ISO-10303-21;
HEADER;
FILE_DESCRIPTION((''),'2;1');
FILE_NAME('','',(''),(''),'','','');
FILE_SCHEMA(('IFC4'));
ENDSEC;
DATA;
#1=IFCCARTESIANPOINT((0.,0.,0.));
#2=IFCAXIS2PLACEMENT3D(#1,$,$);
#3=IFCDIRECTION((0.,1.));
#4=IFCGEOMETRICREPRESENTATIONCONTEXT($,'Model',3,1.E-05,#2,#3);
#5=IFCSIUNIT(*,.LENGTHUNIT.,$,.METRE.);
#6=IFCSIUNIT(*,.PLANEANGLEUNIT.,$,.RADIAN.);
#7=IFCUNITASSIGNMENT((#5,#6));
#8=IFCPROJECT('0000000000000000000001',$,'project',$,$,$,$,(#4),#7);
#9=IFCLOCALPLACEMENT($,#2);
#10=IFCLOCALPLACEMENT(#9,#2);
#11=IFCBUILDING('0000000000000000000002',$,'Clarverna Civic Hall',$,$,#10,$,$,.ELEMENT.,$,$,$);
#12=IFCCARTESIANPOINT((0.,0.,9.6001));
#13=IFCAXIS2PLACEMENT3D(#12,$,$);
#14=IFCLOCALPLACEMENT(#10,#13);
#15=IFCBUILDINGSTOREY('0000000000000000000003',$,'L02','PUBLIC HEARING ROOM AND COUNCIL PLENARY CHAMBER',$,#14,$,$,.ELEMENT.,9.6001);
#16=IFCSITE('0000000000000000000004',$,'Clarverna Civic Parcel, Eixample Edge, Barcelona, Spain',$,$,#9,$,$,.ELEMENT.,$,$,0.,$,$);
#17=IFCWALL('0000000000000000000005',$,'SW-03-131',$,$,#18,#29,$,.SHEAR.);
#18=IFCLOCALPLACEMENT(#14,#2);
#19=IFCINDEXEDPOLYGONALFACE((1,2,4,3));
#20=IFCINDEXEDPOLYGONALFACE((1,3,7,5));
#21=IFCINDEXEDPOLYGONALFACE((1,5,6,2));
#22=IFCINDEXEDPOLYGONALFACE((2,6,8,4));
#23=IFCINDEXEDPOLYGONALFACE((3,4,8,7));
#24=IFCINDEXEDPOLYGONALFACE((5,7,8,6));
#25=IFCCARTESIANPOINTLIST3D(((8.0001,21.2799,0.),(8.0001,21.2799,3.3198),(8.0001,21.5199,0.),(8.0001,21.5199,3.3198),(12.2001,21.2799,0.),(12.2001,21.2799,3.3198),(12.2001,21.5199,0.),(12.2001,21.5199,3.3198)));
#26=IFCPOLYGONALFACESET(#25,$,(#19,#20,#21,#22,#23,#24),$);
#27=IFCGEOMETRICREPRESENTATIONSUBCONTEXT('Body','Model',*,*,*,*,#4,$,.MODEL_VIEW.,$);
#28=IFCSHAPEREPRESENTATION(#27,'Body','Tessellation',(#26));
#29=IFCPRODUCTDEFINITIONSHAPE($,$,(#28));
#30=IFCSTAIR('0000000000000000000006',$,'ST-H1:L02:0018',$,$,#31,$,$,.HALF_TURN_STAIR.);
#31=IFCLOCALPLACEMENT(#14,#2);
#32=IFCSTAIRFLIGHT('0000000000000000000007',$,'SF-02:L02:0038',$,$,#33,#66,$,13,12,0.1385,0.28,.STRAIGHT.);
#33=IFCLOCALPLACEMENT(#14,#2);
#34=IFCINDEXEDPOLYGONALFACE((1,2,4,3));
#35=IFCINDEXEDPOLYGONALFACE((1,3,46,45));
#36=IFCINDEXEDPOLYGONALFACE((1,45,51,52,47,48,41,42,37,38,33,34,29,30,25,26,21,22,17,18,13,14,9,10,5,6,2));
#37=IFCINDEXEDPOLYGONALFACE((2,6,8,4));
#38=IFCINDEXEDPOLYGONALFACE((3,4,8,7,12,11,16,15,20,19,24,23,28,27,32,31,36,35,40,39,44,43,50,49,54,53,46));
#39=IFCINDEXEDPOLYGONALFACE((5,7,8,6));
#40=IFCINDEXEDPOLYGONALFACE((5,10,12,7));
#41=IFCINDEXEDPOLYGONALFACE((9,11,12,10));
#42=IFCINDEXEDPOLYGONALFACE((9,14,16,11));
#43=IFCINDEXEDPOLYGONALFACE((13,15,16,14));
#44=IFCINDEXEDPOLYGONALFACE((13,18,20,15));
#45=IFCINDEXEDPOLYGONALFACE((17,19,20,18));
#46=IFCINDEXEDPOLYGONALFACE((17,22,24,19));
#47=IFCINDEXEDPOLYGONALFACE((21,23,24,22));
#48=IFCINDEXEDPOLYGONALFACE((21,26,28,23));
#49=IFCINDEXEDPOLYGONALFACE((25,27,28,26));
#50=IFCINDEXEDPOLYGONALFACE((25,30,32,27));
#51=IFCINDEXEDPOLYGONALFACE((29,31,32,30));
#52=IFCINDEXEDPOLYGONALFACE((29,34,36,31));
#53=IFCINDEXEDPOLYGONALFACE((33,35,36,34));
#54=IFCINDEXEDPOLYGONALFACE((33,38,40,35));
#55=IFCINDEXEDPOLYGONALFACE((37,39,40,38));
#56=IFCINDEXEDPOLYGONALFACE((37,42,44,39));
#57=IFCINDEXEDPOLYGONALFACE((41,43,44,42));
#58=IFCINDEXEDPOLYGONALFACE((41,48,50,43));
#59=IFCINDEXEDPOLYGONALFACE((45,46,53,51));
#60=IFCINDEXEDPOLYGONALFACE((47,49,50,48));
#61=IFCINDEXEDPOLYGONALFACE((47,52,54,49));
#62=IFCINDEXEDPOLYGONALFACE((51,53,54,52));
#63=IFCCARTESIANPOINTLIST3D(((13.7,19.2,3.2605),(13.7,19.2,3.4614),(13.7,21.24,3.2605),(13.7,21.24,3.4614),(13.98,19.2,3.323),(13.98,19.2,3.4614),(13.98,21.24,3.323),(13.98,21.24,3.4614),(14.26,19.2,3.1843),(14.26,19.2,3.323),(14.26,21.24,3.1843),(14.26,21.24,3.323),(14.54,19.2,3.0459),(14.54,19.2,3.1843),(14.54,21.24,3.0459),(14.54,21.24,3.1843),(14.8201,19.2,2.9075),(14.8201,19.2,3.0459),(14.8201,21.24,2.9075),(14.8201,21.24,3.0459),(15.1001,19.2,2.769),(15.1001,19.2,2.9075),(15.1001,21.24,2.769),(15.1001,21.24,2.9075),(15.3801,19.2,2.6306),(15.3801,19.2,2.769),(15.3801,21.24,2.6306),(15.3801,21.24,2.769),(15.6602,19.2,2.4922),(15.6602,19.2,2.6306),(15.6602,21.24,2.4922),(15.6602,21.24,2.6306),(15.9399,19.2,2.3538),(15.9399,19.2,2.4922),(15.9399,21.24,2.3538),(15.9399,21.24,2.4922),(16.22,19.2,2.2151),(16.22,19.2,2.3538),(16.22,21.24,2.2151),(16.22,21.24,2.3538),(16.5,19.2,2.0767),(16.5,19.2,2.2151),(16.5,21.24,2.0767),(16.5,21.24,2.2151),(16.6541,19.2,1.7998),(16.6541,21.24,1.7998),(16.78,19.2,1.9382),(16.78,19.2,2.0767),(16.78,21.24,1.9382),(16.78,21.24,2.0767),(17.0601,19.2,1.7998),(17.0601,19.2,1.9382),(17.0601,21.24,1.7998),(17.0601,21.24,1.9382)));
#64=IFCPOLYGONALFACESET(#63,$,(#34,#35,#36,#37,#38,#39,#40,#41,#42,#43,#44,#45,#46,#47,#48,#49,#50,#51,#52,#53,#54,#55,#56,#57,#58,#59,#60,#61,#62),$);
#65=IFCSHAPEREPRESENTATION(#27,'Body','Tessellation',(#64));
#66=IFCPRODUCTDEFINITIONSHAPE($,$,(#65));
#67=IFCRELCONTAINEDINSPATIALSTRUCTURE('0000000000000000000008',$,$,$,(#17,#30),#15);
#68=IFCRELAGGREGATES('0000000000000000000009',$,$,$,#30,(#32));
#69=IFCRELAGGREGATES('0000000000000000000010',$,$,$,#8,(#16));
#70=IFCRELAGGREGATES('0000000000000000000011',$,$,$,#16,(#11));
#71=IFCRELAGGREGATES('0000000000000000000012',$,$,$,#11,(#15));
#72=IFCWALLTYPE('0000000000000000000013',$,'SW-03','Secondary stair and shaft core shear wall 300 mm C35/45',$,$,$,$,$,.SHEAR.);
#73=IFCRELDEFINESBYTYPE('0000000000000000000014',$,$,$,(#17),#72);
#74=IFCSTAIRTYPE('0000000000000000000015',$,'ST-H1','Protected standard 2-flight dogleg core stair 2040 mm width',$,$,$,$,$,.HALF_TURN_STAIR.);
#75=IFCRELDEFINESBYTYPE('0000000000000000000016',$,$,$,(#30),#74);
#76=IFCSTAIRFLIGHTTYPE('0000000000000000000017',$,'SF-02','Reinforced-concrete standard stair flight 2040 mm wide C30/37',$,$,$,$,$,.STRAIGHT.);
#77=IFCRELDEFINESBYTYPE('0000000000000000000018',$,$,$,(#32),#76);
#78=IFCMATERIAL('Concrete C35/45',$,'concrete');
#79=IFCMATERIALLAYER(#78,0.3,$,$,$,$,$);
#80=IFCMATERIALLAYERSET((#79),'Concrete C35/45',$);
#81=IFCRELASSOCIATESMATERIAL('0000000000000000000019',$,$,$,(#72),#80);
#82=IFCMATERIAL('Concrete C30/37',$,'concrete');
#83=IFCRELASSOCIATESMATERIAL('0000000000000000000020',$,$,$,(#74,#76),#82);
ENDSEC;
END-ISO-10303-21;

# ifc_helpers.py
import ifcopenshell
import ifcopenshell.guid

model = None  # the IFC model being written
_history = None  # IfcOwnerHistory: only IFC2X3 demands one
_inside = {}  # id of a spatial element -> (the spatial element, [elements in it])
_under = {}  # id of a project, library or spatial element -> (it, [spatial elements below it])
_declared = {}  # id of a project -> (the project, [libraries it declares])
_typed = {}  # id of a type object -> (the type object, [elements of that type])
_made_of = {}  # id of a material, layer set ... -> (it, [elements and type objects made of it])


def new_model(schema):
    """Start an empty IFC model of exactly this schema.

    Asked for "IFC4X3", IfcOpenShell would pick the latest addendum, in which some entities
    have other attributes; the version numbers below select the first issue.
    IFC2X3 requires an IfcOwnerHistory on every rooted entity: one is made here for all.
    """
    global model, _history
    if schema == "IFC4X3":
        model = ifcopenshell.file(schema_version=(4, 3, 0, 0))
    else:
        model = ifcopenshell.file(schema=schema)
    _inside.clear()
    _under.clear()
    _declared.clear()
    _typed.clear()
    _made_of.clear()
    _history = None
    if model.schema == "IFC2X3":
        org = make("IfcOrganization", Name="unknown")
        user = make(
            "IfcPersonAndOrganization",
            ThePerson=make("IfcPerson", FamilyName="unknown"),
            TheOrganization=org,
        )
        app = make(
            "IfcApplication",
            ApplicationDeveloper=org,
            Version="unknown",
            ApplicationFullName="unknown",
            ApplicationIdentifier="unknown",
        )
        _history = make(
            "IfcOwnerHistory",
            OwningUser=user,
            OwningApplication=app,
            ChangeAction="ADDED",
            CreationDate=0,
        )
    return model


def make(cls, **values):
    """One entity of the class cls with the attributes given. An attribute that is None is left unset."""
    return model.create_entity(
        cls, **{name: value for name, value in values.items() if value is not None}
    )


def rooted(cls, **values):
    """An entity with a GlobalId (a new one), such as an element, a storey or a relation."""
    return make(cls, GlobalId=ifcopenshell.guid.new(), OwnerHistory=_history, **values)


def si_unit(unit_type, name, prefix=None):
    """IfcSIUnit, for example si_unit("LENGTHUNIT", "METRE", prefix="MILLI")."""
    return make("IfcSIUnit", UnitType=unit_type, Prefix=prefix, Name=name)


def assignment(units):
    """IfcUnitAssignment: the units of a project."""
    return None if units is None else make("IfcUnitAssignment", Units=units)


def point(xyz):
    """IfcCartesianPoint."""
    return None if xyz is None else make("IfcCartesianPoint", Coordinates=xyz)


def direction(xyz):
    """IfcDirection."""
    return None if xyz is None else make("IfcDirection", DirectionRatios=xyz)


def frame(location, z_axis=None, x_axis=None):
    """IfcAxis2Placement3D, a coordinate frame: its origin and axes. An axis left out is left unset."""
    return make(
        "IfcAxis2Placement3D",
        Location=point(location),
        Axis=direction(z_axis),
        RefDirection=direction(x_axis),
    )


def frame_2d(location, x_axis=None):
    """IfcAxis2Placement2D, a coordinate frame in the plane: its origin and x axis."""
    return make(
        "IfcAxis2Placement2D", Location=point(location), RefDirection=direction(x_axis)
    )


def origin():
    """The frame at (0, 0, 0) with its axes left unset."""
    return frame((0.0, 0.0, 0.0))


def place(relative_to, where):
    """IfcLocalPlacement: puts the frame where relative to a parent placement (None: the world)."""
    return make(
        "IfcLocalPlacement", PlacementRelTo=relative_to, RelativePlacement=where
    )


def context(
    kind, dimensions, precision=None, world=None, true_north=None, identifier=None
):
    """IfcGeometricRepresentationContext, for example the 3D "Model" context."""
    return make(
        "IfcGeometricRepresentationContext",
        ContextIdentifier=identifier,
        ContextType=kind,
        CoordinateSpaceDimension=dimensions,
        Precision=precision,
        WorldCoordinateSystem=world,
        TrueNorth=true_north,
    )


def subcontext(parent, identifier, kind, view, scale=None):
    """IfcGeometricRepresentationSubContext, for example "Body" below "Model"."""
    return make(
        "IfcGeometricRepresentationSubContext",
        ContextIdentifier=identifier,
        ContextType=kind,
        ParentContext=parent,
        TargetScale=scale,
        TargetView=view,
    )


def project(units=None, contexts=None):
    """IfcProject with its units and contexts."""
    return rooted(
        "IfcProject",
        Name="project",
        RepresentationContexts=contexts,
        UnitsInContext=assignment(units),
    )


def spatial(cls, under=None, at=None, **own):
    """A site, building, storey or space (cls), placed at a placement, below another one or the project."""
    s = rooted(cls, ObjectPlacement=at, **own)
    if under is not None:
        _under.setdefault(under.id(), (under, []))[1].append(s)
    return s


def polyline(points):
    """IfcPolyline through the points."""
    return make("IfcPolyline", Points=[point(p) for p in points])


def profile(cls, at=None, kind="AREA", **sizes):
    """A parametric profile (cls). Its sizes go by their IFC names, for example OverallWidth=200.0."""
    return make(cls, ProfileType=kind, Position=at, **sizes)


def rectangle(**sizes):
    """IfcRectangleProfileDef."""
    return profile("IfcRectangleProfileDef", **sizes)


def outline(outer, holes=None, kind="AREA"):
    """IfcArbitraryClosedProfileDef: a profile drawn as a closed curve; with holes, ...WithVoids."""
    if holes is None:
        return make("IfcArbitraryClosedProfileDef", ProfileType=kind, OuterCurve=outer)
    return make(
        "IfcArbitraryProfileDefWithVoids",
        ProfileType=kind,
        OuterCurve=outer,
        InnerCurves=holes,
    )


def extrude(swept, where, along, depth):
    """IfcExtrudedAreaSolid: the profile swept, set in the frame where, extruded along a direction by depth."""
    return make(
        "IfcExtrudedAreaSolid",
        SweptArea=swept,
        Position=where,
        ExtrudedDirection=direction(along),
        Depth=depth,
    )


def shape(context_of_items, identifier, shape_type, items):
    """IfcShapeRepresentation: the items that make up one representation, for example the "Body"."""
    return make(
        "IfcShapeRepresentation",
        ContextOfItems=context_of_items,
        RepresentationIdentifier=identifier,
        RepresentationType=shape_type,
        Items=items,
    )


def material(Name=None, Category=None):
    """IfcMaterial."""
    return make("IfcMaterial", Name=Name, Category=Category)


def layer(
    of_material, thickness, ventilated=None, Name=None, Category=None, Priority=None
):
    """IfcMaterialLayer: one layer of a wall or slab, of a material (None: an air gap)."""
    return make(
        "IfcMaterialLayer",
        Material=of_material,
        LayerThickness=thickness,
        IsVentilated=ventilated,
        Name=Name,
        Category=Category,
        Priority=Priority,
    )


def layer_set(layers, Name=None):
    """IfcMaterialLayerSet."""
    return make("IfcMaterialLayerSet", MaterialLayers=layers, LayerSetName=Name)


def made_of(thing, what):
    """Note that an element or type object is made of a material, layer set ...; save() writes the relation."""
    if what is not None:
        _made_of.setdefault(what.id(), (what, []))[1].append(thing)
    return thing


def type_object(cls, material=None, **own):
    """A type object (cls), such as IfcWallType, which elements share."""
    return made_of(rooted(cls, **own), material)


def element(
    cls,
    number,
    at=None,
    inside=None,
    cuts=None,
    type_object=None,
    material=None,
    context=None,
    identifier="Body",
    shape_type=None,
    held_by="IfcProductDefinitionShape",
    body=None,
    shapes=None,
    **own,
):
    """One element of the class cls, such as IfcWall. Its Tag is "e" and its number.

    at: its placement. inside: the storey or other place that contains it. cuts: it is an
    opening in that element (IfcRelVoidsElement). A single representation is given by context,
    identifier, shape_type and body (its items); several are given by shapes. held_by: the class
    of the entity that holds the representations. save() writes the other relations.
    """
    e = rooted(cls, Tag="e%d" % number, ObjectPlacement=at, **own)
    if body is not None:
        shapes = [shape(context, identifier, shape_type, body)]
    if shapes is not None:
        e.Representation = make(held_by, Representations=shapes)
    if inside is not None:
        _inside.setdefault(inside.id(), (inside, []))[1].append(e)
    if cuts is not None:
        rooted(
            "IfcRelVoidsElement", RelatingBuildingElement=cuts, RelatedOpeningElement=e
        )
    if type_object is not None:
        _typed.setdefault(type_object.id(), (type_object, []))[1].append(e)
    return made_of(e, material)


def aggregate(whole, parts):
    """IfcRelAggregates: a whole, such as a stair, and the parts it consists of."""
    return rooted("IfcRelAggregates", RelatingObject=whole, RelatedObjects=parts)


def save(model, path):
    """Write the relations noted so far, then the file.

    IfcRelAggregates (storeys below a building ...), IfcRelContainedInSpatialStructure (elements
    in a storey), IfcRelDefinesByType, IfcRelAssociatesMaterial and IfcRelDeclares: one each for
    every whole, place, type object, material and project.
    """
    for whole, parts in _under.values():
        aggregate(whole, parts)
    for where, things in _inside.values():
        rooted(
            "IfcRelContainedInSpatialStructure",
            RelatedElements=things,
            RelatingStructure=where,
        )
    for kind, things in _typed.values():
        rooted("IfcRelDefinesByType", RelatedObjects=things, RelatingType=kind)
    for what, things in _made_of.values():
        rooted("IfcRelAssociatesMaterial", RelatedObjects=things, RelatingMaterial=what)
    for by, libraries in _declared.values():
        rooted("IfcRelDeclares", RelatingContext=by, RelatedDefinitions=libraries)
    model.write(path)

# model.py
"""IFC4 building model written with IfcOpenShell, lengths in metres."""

from ifc_helpers import new_model, si_unit, direction, frame, frame_2d, origin, place, context, subcontext, project, spatial, polyline, rectangle, outline, extrude, material, layer, layer_set, type_object, element, aggregate, save


model = new_model("IFC4")

# Units and contexts
model_context = context("Model", 3, precision=1e-05, world=origin(), true_north=direction((0.0, 1.0)))
body_context = subcontext(model_context, "Body", "Model", "MODEL_VIEW")
ifc_project = project(units=[si_unit("LENGTHUNIT", "METRE"), si_unit("PLANEANGLEUNIT", "RADIAN")], contexts=[model_context])

# Site, building, storey
site_placement = place(None, origin())
site = spatial("IfcSite", under=ifc_project, at=site_placement, Name="Clarverna Civic Parcel, Eixample Edge, Barcelona, Spain", CompositionType="ELEMENT", RefElevation=0.0)
building_placement = place(site_placement, origin())
building = spatial("IfcBuilding", under=site, at=building_placement, Name="Clarverna Civic Hall", CompositionType="ELEMENT")
storey_placement = place(building_placement, frame((0.0, 0.0, 9.6001)))
storey = spatial("IfcBuildingStorey", under=building, at=storey_placement, Name="L02", Description="PUBLIC HEARING ROOM AND COUNCIL PLENARY CHAMBER", CompositionType="ELEMENT", Elevation=9.6001)

# Shared definitions
ifc_material_1 = material(Name="Concrete C35/45", Category="concrete")

# Wall
ifc_layer_1 = layer(ifc_material_1, 0.3)
ifc_layer_set_1 = layer_set([ifc_layer_1], Name="Concrete C35/45")
wall_type = type_object("IfcWallType", Name="SW-03", Description="Secondary stair and shaft core shear wall 300 mm C35/45", PredefinedType="SHEAR", material=ifc_layer_set_1)
wall_1_placement = place(storey_placement, frame((8.0, 21.3999, 0.0), z_axis=(0.0, 0.0, 1.0), x_axis=(1.0, 0.0, 0.0)))
element("IfcWall", 1, at=wall_1_placement, inside=storey, type_object=wall_type, Name="SW-03-131", PredefinedType="SHEAR", context=body_context, shape_type="SweptSolid", body=[
    extrude(rectangle(XDim=4.2, YDim=0.24, at=frame_2d((2.1001, 0.0))), origin(), (0.0, 0.0, 1.0), 3.3198),
])

# Stair, stair flight
ifc_material_2 = material(Name="Concrete C30/37", Category="concrete")
stair_type = type_object("IfcStairType", Name="ST-H1", Description="Protected standard 2-flight dogleg core stair 2040 mm width", PredefinedType="HALF_TURN_STAIR", material=ifc_material_2)
stair_placement = place(storey_placement, origin())
stair = element("IfcStair", 2, at=stair_placement, inside=storey, type_object=stair_type, Name="ST-H1:L02:0018", PredefinedType="HALF_TURN_STAIR")
stair_flight_type = type_object("IfcStairFlightType", Name="SF-02", Description="Reinforced-concrete standard stair flight 2040 mm wide C30/37", PredefinedType="STRAIGHT", material=ifc_material_2)
stair_flight_placement = place(storey_placement, frame((17.0601, 20.22, 1.7998), z_axis=(0.0, 0.0, 1.0), x_axis=(-1.0, 0.0, 0.0)))
stair_flight = element("IfcStairFlight", 3, at=stair_flight_placement, type_object=stair_flight_type, Name="SF-02:L02:0038", NumberOfRisers=13, NumberOfTreads=12, PredefinedType="STRAIGHT", RiserHeight=0.1385, TreadLength=0.28, context=body_context, shape_type="SweptSolid", body=[
    extrude(outline(polyline([(0.0, 0.0), (0.0, 0.1384), (0.28, 0.1384), (0.28, 0.2769), (0.5601, 0.2769), (0.5601, 0.4153), (0.8401, 0.4153), (0.8401, 0.554), (1.1201, 0.554), (1.1201, 0.6924), (1.3999, 0.6924), (1.3999, 0.8308), (1.6799, 0.8308), (1.6799, 0.9692), (1.96, 0.9692), (1.96, 1.1077), (2.24, 1.1077), (2.24, 1.2461), (2.52, 1.2461), (2.52, 1.3845), (2.8, 1.3845), (2.8, 1.5232), (3.0801, 1.5232), (3.0801, 1.6616), (3.3601, 1.6616), (3.3601, 1.8), (3.3601, 1.4607), (0.406, 0.0), (0.0, 0.0)])), frame((0.0, 1.02, 0.0), z_axis=(0.0, -1.0, 0.0), x_axis=(1.0, 0.0, 0.0)), (0.0, 0.0, 1.0), 2.04),
])
aggregate(stair, [stair_flight])

save(model, "model.ifc")
